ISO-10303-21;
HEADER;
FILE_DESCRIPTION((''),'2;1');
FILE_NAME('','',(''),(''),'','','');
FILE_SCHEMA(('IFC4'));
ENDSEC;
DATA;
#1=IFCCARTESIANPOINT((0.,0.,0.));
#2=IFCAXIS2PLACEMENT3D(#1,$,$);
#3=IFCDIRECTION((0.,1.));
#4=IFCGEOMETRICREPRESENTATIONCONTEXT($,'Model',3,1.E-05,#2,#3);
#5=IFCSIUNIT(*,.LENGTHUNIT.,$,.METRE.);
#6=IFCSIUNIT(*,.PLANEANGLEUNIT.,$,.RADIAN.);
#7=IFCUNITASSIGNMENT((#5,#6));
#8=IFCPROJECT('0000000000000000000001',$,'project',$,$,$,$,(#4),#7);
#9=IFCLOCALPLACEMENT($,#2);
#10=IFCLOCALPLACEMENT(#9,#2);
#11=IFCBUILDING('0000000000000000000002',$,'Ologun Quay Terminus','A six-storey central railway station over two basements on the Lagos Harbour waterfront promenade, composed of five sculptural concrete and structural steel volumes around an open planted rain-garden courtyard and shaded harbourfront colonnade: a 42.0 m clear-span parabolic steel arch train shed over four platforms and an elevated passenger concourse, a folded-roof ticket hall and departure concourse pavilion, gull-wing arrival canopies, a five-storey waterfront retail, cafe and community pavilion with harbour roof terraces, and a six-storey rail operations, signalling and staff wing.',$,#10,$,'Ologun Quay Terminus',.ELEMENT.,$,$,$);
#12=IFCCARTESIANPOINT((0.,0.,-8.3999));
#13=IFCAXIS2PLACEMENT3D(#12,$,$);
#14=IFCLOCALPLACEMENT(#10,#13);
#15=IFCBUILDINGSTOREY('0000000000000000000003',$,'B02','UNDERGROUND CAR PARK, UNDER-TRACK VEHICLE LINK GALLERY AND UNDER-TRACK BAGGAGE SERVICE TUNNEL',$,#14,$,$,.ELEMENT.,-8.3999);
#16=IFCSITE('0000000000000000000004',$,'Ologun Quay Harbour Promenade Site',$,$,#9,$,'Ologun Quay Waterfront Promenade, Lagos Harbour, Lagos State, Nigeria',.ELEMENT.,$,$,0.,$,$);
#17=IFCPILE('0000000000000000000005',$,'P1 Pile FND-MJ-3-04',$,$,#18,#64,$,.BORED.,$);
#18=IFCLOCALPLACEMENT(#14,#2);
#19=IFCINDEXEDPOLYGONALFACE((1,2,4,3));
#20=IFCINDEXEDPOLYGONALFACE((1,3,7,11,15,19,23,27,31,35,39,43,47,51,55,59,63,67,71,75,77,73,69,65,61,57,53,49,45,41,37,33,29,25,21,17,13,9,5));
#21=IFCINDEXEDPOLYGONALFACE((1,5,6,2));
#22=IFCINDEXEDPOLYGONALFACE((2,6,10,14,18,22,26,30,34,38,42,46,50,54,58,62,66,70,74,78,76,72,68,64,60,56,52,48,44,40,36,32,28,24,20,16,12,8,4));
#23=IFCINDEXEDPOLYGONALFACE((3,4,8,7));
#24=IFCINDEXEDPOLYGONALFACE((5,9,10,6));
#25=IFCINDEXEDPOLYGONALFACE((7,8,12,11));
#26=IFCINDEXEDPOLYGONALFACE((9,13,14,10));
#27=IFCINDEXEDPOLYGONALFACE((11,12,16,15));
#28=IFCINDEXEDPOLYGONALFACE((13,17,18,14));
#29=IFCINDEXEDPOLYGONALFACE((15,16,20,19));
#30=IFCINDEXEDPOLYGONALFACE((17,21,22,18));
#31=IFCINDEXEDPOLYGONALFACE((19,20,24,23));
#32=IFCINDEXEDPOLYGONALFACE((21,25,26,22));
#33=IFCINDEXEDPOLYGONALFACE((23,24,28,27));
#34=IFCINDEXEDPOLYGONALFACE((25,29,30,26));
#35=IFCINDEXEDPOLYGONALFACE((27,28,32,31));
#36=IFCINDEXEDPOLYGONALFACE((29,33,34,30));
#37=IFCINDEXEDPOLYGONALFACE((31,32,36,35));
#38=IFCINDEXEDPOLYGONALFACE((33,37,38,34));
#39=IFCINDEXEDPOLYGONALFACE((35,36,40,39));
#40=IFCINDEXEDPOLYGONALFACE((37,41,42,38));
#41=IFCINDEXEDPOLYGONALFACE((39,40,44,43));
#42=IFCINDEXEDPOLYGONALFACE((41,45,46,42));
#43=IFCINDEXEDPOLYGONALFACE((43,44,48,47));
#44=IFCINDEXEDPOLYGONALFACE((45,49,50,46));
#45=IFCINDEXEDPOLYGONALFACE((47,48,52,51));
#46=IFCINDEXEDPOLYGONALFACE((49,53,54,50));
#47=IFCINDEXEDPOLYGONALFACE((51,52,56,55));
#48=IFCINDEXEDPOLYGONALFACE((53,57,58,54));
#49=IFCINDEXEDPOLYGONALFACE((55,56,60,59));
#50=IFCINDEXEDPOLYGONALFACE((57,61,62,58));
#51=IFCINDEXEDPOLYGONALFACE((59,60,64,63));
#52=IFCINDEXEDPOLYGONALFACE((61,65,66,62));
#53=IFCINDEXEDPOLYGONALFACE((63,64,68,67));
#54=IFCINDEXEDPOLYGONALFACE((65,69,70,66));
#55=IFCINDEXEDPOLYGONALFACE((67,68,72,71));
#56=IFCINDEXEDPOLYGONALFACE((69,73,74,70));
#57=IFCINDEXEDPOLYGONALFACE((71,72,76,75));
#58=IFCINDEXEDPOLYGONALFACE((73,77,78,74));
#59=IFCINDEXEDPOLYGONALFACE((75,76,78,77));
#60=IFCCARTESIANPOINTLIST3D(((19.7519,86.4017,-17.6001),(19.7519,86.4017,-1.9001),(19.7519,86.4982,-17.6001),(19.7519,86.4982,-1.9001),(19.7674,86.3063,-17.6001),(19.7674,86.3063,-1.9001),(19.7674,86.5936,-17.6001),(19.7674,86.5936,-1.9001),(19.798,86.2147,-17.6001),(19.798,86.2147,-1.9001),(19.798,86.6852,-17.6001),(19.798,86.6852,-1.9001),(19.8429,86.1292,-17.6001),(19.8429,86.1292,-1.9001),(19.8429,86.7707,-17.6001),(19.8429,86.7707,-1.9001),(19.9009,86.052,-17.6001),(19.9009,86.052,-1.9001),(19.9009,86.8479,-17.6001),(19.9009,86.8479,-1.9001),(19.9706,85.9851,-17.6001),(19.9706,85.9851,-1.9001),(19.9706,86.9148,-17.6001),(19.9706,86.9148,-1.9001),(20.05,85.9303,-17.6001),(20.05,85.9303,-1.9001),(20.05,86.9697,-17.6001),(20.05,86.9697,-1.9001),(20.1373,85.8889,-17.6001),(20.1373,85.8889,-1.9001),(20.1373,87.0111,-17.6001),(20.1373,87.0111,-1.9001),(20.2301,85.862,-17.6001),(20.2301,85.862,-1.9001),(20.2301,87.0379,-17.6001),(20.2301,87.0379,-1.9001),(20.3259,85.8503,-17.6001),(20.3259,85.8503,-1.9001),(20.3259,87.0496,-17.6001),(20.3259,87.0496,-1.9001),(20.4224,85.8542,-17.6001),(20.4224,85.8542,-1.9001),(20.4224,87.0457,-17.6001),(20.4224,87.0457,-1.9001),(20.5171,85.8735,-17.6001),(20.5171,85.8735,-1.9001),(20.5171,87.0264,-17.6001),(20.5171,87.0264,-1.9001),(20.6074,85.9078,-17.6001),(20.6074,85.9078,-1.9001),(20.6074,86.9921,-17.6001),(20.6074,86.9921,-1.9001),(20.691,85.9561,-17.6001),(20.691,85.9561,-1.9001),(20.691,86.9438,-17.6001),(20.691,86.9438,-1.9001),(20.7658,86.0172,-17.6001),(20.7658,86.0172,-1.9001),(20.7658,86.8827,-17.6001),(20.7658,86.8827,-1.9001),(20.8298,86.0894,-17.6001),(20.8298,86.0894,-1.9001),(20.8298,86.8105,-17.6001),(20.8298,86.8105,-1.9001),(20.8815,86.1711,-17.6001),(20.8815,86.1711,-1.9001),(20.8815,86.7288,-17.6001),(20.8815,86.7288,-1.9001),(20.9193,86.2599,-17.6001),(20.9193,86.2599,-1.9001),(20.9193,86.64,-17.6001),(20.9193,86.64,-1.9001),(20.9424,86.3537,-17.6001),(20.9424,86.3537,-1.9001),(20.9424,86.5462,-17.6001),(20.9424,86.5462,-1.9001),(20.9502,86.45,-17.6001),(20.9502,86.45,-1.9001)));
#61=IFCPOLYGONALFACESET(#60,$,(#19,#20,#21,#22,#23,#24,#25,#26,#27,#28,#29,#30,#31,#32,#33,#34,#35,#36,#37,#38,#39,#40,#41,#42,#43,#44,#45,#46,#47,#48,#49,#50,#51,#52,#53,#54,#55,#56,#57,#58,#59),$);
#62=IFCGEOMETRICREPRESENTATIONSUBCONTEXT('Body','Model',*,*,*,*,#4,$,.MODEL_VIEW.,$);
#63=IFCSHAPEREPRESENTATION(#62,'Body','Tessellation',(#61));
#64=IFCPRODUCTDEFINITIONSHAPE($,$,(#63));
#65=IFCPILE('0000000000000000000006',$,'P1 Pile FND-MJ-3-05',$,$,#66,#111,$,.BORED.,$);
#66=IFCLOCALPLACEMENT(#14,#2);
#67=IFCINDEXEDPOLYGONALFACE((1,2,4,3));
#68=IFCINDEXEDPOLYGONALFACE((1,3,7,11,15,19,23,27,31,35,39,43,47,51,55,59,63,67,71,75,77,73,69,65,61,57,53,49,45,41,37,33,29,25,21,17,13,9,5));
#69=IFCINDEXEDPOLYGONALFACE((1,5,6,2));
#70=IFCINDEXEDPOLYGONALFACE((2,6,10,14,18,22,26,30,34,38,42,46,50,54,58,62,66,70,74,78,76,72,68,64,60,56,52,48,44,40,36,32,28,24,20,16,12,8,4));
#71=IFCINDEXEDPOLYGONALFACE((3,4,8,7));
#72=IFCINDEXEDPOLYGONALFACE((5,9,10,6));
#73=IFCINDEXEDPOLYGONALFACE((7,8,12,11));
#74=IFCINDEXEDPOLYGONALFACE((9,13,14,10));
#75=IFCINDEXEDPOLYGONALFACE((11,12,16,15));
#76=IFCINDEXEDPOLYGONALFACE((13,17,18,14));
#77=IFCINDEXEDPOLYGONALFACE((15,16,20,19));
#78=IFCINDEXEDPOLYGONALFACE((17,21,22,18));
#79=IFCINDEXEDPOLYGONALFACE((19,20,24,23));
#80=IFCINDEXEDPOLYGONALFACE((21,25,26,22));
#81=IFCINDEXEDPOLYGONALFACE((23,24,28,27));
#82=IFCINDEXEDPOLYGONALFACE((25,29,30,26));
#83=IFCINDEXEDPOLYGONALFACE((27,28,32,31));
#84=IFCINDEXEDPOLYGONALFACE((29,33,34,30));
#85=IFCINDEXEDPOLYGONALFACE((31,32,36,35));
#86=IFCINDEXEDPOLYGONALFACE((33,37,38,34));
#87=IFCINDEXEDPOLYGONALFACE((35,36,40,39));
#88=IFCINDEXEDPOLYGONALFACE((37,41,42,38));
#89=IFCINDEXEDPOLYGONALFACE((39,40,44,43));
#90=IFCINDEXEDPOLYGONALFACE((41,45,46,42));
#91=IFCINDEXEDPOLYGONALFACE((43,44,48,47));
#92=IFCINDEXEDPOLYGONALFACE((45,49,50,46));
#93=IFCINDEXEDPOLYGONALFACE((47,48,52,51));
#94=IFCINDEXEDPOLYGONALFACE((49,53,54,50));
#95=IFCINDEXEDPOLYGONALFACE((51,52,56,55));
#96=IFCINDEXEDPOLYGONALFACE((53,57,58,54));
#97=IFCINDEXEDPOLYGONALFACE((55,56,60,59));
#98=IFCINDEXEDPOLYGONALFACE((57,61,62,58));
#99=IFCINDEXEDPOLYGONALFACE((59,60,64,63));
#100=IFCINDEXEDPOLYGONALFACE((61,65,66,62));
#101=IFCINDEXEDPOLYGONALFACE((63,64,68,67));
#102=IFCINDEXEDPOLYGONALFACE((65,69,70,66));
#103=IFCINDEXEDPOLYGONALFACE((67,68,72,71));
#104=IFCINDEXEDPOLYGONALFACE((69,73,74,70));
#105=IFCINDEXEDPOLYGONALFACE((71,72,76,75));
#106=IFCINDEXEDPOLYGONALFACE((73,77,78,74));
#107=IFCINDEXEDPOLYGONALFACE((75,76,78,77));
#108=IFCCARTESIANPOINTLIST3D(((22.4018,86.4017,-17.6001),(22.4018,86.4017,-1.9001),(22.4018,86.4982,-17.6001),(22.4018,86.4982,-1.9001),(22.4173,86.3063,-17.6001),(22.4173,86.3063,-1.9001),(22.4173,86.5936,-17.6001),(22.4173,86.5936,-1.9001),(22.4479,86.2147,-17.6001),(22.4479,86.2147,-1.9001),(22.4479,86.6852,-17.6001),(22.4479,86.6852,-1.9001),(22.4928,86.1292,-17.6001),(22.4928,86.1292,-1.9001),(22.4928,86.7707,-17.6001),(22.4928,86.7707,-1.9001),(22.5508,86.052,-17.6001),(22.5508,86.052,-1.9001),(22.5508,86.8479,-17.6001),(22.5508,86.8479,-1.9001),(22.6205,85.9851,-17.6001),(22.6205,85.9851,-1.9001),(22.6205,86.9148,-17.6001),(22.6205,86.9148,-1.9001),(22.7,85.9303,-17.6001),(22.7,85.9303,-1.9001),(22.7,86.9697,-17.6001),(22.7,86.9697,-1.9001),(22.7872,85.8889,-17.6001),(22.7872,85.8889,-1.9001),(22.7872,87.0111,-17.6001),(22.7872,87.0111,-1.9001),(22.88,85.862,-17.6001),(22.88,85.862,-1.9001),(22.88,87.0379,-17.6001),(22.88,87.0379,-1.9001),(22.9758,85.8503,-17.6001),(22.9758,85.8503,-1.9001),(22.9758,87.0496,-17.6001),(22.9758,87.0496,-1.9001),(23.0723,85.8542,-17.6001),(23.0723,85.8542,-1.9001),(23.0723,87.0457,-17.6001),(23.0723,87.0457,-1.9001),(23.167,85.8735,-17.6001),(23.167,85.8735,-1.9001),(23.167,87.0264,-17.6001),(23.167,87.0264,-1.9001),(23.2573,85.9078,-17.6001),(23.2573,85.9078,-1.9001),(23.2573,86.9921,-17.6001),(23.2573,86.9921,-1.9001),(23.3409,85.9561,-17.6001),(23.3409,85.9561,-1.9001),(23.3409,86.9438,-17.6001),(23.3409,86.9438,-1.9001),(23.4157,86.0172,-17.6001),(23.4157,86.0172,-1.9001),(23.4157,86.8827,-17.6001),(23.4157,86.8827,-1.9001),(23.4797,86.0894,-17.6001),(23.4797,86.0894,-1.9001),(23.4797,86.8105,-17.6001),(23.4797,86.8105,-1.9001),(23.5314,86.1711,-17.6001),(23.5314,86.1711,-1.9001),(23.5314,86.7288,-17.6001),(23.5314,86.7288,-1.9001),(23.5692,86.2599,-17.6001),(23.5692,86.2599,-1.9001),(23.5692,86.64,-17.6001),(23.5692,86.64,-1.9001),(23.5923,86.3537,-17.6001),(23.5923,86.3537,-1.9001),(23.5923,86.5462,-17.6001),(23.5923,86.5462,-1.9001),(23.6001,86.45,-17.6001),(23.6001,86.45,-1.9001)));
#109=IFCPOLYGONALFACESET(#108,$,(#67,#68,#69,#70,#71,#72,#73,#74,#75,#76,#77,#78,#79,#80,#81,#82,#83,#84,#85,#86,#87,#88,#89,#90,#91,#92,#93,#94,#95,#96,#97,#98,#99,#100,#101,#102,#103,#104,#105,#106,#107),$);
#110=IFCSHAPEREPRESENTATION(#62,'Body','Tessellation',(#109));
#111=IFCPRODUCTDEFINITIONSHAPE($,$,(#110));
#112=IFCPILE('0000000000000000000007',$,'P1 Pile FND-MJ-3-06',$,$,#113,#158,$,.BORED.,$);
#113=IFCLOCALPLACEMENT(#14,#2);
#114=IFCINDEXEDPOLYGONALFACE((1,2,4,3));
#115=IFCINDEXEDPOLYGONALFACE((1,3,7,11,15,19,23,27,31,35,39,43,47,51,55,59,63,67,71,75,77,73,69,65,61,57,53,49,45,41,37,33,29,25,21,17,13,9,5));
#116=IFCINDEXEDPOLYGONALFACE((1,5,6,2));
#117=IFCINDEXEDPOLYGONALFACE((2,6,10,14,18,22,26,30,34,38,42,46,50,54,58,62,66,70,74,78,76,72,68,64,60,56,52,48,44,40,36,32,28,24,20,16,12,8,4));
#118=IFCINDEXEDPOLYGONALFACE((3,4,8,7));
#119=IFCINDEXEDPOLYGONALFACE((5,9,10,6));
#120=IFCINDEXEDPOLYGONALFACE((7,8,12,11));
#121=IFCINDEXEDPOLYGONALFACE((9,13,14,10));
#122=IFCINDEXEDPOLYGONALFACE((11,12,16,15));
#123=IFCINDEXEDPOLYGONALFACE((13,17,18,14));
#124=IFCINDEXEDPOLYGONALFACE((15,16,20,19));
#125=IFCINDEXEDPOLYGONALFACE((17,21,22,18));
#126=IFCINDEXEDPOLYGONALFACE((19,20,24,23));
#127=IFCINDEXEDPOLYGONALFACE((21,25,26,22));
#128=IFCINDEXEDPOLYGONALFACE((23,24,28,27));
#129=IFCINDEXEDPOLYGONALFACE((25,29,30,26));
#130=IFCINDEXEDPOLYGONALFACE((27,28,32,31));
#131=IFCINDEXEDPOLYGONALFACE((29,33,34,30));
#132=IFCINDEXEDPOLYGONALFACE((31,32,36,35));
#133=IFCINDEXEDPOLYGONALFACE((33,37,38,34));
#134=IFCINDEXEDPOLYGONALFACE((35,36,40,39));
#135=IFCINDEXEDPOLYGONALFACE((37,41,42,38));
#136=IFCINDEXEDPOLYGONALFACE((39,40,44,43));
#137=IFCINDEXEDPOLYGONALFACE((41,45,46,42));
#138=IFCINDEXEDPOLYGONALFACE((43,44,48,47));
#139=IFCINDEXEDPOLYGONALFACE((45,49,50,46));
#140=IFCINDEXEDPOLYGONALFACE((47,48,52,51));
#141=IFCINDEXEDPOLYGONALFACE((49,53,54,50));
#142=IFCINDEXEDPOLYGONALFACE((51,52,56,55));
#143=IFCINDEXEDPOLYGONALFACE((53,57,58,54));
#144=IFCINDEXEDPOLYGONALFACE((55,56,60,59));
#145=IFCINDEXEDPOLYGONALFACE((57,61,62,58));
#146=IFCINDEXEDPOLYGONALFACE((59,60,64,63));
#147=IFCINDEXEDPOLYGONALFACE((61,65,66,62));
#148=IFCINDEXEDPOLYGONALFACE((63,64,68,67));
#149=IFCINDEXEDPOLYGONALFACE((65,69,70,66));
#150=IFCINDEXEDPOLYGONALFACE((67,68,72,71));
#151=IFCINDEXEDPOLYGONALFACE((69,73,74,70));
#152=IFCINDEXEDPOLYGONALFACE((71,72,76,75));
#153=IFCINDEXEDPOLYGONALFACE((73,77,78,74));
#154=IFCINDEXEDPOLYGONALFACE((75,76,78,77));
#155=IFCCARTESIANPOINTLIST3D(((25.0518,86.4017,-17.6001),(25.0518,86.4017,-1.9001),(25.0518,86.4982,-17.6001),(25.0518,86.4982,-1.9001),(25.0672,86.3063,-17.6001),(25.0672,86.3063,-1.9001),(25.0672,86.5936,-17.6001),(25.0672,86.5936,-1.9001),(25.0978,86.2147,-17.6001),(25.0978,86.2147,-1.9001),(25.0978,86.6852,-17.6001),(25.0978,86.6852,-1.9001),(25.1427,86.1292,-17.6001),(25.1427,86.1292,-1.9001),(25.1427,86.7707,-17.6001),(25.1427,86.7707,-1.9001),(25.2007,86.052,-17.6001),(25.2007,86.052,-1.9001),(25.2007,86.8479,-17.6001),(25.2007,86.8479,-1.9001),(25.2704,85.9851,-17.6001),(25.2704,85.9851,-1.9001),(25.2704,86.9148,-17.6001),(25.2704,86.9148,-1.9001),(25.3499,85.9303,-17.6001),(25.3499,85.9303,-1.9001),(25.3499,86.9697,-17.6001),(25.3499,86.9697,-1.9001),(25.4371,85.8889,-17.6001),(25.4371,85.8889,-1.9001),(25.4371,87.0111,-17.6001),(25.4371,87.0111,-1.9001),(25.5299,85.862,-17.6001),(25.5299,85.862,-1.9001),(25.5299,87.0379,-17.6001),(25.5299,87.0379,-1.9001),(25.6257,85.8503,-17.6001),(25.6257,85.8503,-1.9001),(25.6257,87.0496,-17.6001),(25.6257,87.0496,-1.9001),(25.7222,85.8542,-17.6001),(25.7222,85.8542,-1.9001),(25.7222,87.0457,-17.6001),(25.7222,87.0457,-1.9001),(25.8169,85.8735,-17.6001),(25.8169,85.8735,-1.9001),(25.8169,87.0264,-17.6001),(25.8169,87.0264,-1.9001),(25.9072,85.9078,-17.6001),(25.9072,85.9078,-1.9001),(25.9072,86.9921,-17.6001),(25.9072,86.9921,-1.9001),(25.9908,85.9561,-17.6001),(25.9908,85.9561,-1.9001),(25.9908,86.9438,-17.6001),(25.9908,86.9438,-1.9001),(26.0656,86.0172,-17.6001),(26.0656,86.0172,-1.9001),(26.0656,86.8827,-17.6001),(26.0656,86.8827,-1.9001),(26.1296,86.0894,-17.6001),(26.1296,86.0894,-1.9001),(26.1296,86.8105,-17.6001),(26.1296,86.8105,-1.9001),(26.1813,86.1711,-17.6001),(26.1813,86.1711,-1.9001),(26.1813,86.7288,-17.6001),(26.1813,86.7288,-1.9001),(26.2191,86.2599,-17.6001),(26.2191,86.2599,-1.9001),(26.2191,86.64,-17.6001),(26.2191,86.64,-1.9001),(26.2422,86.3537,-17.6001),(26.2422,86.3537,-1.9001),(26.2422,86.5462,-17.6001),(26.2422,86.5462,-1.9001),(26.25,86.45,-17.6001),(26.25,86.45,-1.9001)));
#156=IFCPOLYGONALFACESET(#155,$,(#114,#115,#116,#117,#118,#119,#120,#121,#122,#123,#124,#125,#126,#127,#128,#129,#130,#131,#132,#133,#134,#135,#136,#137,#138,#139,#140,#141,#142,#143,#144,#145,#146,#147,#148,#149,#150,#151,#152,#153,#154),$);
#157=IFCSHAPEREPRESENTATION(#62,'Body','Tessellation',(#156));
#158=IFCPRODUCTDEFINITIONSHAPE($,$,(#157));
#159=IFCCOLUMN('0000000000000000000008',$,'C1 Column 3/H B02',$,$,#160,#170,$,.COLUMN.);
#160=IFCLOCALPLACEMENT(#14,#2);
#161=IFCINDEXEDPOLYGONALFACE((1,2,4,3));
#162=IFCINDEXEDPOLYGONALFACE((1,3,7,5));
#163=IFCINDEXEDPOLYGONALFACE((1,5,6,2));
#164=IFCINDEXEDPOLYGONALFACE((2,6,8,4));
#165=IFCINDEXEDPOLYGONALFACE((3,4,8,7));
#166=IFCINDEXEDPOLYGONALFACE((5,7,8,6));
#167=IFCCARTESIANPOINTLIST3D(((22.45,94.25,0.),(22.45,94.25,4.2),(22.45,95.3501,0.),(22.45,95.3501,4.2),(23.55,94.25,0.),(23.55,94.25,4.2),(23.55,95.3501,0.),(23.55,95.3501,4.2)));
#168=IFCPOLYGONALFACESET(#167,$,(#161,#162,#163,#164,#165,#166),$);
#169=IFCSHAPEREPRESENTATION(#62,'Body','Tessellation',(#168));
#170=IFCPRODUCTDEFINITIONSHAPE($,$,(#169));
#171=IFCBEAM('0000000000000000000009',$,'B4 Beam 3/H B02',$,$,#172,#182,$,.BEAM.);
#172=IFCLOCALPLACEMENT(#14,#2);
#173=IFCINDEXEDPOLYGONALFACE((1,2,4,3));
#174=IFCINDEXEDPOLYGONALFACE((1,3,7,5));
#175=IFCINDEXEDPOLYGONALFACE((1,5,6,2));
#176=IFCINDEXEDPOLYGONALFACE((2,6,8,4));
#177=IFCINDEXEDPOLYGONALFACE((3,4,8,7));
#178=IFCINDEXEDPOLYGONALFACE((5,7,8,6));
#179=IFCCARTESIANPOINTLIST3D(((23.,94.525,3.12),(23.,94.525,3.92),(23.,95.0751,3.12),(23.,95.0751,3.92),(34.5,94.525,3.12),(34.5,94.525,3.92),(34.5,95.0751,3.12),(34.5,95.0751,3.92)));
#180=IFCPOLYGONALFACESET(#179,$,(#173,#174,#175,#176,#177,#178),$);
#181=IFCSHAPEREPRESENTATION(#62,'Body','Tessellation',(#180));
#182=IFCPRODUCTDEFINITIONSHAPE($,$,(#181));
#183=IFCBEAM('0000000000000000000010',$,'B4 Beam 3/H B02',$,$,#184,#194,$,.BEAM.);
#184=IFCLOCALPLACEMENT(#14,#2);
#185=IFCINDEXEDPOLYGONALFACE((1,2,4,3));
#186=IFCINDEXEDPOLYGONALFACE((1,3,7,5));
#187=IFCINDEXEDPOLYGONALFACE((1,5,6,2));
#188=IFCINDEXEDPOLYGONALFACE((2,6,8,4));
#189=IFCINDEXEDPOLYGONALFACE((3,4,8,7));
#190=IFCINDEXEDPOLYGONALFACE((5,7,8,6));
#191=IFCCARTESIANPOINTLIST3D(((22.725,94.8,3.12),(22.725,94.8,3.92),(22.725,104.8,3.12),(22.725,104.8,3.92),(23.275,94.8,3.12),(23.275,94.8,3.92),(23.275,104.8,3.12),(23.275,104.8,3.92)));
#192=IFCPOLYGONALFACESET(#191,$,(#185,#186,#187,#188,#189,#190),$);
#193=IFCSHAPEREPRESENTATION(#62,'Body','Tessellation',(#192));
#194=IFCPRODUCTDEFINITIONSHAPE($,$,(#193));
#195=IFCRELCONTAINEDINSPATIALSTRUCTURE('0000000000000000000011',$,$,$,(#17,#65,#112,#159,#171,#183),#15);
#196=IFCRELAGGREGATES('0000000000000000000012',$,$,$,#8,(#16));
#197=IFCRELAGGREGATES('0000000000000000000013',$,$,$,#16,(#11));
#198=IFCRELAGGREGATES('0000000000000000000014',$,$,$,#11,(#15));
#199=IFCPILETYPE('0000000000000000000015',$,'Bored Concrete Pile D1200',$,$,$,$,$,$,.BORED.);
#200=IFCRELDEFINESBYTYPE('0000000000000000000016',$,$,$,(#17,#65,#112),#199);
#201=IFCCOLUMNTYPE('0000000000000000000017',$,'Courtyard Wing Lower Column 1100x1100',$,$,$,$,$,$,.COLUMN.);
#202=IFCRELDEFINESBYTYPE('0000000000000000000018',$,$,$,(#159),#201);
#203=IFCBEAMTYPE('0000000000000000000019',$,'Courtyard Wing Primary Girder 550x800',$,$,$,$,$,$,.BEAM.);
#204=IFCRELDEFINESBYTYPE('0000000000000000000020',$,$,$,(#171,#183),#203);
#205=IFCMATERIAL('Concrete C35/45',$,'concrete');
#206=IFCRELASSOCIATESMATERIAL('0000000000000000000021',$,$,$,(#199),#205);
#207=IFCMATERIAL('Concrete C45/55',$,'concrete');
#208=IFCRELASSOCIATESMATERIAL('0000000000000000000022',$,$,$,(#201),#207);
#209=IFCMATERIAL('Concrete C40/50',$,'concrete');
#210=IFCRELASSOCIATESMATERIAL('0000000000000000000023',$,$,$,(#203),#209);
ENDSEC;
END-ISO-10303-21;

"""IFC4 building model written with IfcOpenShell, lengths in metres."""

from ifc_helpers import new_model, si_unit, direction, frame, origin, origin_2d, place, context, subcontext, project, spatial, rectangle, circle, extrude, material, material_profile, profile_set, type_object, element, save


model = new_model("IFC4")

# Units and contexts
model_context = context("Model", 3, precision=1e-05, world=origin(), true_north=direction((0.0, 1.0)))
body_context = subcontext(model_context, "Body", "Model", "MODEL_VIEW")
ifc_project = project(units=[si_unit("LENGTHUNIT", "METRE"), si_unit("PLANEANGLEUNIT", "RADIAN")], contexts=[model_context])

# Site, building, storey
site_placement = place(None, origin())
site = spatial("IfcSite", under=ifc_project, at=site_placement, Name="Ologun Quay Harbour Promenade Site", LongName="Ologun Quay Waterfront Promenade, Lagos Harbour, Lagos State, Nigeria", CompositionType="ELEMENT", RefElevation=0.0)
building_placement = place(site_placement, origin())
building = spatial("IfcBuilding", under=site, at=building_placement, Name="Ologun Quay Terminus", Description="A six-storey central railway station over two basements on the Lagos Harbour waterfront promenade, composed of five sculptural concrete and structural steel volumes around an open planted rain-garden courtyard and shaded harbourfront colonnade: a 42.0 m clear-span parabolic steel arch train shed over four platforms and an elevated passenger concourse, a folded-roof ticket hall and departure concourse pavilion, gull-wing arrival canopies, a five-storey waterfront retail, cafe and community pavilion with harbour roof terraces, and a six-storey rail operations, signalling and staff wing.", LongName="Ologun Quay Terminus", CompositionType="ELEMENT")
storey_placement = place(building_placement, frame((0.0, 0.0, -8.3999)))
storey = spatial("IfcBuildingStorey", under=building, at=storey_placement, Name="B02", Description="UNDERGROUND CAR PARK, UNDER-TRACK VEHICLE LINK GALLERY AND UNDER-TRACK BAGGAGE SERVICE TUNNEL", CompositionType="ELEMENT", Elevation=-8.3999)

# Piles
ifc_material_1 = material(Name="Concrete C35/45", Category="concrete")
ifc_material_profile_1 = material_profile(ifc_material_1, circle(Radius=0.6001, at=origin_2d()), Name="PILE D1200")
ifc_profile_set_1 = profile_set([ifc_material_profile_1], Name="Concrete C35/45")
pile_type = type_object("IfcPileType", Name="Bored Concrete Pile D1200", PredefinedType="BORED", material=ifc_profile_set_1)
for number, where, z_axis, x_axis, name in (
    (1, (20.3501, 86.45, -1.9001), (0.0, 0.0, -1.0), (1.0, 0.0, 0.0), "P1 Pile FND-MJ-3-04"),
    (2, (23.0, 86.45, -1.9001), (0.0, 0.0, -1.0), (1.0, 0.0, 0.0), "P1 Pile FND-MJ-3-05"),
    (3, (25.6499, 86.45, -1.9001), (0.0, 0.0, -1.0), (1.0, 0.0, 0.0), "P1 Pile FND-MJ-3-06"),
):
    element("IfcPile", number, at=place(storey_placement, frame(where, z_axis=z_axis, x_axis=x_axis)), inside=storey, type_object=pile_type, Name=name, PredefinedType="BORED", context=body_context, shape_type="SweptSolid", body=[
        extrude(circle(Radius=0.6001, at=origin_2d()), origin(), (0.0, 0.0, 1.0), 15.7),
    ])

# Column
ifc_material_2 = material(Name="Concrete C45/55", Category="concrete")
ifc_material_profile_2 = material_profile(ifc_material_2, rectangle(XDim=1.1001, YDim=1.1001, at=origin_2d()), Name="RC 1100x1100")
ifc_profile_set_2 = profile_set([ifc_material_profile_2], Name="Concrete C45/55")
column_type = type_object("IfcColumnType", Name="Courtyard Wing Lower Column 1100x1100", PredefinedType="COLUMN", material=ifc_profile_set_2)
column_placement = place(storey_placement, frame((23.0, 94.8, 0.0), z_axis=(0.0, 0.0, 1.0), x_axis=(1.0, 0.0, 0.0)))
element("IfcColumn", 4, at=column_placement, inside=storey, type_object=column_type, Name="C1 Column 3/H B02", PredefinedType="COLUMN", context=body_context, shape_type="SweptSolid", body=[
    extrude(rectangle(XDim=1.1001, YDim=1.1001, at=origin_2d()), origin(), (0.0, 0.0, 1.0), 4.2),
])

# Beams
ifc_material_3 = material(Name="Concrete C40/50", Category="concrete")
ifc_material_profile_3 = material_profile(ifc_material_3, rectangle(XDim=0.55, YDim=0.8, at=origin_2d()), Name="RC 550x800")
ifc_profile_set_3 = profile_set([ifc_material_profile_3], Name="Concrete C40/50")
beam_type_1 = type_object("IfcBeamType", Name="Courtyard Wing Primary Girder 550x800", PredefinedType="BEAM", material=ifc_profile_set_3)
beam_1_placement = place(storey_placement, frame((23.0, 94.8, 3.52), z_axis=(1.0, 0.0, 0.0), x_axis=(0.0, 1.0, 0.0)))
element("IfcBeam", 5, at=beam_1_placement, inside=storey, type_object=beam_type_1, Name="B4 Beam 3/H B02", PredefinedType="BEAM", context=body_context, shape_type="SweptSolid", body=[
    extrude(rectangle(XDim=0.55, YDim=0.8, at=origin_2d()), origin(), (0.0, 0.0, 1.0), 11.5),
])
beam_2_placement = place(storey_placement, frame((23.0, 94.8, 3.52), z_axis=(0.0, 1.0, 0.0), x_axis=(-1.0, 0.0, 0.0)))
element("IfcBeam", 6, at=beam_2_placement, inside=storey, type_object=beam_type_1, Name="B4 Beam 3/H B02", PredefinedType="BEAM", context=body_context, shape_type="SweptSolid", body=[
    extrude(rectangle(XDim=0.55, YDim=0.8, at=origin_2d()), origin(), (0.0, 0.0, 1.0), 10.0),
])

save(model, "model.ifc")
